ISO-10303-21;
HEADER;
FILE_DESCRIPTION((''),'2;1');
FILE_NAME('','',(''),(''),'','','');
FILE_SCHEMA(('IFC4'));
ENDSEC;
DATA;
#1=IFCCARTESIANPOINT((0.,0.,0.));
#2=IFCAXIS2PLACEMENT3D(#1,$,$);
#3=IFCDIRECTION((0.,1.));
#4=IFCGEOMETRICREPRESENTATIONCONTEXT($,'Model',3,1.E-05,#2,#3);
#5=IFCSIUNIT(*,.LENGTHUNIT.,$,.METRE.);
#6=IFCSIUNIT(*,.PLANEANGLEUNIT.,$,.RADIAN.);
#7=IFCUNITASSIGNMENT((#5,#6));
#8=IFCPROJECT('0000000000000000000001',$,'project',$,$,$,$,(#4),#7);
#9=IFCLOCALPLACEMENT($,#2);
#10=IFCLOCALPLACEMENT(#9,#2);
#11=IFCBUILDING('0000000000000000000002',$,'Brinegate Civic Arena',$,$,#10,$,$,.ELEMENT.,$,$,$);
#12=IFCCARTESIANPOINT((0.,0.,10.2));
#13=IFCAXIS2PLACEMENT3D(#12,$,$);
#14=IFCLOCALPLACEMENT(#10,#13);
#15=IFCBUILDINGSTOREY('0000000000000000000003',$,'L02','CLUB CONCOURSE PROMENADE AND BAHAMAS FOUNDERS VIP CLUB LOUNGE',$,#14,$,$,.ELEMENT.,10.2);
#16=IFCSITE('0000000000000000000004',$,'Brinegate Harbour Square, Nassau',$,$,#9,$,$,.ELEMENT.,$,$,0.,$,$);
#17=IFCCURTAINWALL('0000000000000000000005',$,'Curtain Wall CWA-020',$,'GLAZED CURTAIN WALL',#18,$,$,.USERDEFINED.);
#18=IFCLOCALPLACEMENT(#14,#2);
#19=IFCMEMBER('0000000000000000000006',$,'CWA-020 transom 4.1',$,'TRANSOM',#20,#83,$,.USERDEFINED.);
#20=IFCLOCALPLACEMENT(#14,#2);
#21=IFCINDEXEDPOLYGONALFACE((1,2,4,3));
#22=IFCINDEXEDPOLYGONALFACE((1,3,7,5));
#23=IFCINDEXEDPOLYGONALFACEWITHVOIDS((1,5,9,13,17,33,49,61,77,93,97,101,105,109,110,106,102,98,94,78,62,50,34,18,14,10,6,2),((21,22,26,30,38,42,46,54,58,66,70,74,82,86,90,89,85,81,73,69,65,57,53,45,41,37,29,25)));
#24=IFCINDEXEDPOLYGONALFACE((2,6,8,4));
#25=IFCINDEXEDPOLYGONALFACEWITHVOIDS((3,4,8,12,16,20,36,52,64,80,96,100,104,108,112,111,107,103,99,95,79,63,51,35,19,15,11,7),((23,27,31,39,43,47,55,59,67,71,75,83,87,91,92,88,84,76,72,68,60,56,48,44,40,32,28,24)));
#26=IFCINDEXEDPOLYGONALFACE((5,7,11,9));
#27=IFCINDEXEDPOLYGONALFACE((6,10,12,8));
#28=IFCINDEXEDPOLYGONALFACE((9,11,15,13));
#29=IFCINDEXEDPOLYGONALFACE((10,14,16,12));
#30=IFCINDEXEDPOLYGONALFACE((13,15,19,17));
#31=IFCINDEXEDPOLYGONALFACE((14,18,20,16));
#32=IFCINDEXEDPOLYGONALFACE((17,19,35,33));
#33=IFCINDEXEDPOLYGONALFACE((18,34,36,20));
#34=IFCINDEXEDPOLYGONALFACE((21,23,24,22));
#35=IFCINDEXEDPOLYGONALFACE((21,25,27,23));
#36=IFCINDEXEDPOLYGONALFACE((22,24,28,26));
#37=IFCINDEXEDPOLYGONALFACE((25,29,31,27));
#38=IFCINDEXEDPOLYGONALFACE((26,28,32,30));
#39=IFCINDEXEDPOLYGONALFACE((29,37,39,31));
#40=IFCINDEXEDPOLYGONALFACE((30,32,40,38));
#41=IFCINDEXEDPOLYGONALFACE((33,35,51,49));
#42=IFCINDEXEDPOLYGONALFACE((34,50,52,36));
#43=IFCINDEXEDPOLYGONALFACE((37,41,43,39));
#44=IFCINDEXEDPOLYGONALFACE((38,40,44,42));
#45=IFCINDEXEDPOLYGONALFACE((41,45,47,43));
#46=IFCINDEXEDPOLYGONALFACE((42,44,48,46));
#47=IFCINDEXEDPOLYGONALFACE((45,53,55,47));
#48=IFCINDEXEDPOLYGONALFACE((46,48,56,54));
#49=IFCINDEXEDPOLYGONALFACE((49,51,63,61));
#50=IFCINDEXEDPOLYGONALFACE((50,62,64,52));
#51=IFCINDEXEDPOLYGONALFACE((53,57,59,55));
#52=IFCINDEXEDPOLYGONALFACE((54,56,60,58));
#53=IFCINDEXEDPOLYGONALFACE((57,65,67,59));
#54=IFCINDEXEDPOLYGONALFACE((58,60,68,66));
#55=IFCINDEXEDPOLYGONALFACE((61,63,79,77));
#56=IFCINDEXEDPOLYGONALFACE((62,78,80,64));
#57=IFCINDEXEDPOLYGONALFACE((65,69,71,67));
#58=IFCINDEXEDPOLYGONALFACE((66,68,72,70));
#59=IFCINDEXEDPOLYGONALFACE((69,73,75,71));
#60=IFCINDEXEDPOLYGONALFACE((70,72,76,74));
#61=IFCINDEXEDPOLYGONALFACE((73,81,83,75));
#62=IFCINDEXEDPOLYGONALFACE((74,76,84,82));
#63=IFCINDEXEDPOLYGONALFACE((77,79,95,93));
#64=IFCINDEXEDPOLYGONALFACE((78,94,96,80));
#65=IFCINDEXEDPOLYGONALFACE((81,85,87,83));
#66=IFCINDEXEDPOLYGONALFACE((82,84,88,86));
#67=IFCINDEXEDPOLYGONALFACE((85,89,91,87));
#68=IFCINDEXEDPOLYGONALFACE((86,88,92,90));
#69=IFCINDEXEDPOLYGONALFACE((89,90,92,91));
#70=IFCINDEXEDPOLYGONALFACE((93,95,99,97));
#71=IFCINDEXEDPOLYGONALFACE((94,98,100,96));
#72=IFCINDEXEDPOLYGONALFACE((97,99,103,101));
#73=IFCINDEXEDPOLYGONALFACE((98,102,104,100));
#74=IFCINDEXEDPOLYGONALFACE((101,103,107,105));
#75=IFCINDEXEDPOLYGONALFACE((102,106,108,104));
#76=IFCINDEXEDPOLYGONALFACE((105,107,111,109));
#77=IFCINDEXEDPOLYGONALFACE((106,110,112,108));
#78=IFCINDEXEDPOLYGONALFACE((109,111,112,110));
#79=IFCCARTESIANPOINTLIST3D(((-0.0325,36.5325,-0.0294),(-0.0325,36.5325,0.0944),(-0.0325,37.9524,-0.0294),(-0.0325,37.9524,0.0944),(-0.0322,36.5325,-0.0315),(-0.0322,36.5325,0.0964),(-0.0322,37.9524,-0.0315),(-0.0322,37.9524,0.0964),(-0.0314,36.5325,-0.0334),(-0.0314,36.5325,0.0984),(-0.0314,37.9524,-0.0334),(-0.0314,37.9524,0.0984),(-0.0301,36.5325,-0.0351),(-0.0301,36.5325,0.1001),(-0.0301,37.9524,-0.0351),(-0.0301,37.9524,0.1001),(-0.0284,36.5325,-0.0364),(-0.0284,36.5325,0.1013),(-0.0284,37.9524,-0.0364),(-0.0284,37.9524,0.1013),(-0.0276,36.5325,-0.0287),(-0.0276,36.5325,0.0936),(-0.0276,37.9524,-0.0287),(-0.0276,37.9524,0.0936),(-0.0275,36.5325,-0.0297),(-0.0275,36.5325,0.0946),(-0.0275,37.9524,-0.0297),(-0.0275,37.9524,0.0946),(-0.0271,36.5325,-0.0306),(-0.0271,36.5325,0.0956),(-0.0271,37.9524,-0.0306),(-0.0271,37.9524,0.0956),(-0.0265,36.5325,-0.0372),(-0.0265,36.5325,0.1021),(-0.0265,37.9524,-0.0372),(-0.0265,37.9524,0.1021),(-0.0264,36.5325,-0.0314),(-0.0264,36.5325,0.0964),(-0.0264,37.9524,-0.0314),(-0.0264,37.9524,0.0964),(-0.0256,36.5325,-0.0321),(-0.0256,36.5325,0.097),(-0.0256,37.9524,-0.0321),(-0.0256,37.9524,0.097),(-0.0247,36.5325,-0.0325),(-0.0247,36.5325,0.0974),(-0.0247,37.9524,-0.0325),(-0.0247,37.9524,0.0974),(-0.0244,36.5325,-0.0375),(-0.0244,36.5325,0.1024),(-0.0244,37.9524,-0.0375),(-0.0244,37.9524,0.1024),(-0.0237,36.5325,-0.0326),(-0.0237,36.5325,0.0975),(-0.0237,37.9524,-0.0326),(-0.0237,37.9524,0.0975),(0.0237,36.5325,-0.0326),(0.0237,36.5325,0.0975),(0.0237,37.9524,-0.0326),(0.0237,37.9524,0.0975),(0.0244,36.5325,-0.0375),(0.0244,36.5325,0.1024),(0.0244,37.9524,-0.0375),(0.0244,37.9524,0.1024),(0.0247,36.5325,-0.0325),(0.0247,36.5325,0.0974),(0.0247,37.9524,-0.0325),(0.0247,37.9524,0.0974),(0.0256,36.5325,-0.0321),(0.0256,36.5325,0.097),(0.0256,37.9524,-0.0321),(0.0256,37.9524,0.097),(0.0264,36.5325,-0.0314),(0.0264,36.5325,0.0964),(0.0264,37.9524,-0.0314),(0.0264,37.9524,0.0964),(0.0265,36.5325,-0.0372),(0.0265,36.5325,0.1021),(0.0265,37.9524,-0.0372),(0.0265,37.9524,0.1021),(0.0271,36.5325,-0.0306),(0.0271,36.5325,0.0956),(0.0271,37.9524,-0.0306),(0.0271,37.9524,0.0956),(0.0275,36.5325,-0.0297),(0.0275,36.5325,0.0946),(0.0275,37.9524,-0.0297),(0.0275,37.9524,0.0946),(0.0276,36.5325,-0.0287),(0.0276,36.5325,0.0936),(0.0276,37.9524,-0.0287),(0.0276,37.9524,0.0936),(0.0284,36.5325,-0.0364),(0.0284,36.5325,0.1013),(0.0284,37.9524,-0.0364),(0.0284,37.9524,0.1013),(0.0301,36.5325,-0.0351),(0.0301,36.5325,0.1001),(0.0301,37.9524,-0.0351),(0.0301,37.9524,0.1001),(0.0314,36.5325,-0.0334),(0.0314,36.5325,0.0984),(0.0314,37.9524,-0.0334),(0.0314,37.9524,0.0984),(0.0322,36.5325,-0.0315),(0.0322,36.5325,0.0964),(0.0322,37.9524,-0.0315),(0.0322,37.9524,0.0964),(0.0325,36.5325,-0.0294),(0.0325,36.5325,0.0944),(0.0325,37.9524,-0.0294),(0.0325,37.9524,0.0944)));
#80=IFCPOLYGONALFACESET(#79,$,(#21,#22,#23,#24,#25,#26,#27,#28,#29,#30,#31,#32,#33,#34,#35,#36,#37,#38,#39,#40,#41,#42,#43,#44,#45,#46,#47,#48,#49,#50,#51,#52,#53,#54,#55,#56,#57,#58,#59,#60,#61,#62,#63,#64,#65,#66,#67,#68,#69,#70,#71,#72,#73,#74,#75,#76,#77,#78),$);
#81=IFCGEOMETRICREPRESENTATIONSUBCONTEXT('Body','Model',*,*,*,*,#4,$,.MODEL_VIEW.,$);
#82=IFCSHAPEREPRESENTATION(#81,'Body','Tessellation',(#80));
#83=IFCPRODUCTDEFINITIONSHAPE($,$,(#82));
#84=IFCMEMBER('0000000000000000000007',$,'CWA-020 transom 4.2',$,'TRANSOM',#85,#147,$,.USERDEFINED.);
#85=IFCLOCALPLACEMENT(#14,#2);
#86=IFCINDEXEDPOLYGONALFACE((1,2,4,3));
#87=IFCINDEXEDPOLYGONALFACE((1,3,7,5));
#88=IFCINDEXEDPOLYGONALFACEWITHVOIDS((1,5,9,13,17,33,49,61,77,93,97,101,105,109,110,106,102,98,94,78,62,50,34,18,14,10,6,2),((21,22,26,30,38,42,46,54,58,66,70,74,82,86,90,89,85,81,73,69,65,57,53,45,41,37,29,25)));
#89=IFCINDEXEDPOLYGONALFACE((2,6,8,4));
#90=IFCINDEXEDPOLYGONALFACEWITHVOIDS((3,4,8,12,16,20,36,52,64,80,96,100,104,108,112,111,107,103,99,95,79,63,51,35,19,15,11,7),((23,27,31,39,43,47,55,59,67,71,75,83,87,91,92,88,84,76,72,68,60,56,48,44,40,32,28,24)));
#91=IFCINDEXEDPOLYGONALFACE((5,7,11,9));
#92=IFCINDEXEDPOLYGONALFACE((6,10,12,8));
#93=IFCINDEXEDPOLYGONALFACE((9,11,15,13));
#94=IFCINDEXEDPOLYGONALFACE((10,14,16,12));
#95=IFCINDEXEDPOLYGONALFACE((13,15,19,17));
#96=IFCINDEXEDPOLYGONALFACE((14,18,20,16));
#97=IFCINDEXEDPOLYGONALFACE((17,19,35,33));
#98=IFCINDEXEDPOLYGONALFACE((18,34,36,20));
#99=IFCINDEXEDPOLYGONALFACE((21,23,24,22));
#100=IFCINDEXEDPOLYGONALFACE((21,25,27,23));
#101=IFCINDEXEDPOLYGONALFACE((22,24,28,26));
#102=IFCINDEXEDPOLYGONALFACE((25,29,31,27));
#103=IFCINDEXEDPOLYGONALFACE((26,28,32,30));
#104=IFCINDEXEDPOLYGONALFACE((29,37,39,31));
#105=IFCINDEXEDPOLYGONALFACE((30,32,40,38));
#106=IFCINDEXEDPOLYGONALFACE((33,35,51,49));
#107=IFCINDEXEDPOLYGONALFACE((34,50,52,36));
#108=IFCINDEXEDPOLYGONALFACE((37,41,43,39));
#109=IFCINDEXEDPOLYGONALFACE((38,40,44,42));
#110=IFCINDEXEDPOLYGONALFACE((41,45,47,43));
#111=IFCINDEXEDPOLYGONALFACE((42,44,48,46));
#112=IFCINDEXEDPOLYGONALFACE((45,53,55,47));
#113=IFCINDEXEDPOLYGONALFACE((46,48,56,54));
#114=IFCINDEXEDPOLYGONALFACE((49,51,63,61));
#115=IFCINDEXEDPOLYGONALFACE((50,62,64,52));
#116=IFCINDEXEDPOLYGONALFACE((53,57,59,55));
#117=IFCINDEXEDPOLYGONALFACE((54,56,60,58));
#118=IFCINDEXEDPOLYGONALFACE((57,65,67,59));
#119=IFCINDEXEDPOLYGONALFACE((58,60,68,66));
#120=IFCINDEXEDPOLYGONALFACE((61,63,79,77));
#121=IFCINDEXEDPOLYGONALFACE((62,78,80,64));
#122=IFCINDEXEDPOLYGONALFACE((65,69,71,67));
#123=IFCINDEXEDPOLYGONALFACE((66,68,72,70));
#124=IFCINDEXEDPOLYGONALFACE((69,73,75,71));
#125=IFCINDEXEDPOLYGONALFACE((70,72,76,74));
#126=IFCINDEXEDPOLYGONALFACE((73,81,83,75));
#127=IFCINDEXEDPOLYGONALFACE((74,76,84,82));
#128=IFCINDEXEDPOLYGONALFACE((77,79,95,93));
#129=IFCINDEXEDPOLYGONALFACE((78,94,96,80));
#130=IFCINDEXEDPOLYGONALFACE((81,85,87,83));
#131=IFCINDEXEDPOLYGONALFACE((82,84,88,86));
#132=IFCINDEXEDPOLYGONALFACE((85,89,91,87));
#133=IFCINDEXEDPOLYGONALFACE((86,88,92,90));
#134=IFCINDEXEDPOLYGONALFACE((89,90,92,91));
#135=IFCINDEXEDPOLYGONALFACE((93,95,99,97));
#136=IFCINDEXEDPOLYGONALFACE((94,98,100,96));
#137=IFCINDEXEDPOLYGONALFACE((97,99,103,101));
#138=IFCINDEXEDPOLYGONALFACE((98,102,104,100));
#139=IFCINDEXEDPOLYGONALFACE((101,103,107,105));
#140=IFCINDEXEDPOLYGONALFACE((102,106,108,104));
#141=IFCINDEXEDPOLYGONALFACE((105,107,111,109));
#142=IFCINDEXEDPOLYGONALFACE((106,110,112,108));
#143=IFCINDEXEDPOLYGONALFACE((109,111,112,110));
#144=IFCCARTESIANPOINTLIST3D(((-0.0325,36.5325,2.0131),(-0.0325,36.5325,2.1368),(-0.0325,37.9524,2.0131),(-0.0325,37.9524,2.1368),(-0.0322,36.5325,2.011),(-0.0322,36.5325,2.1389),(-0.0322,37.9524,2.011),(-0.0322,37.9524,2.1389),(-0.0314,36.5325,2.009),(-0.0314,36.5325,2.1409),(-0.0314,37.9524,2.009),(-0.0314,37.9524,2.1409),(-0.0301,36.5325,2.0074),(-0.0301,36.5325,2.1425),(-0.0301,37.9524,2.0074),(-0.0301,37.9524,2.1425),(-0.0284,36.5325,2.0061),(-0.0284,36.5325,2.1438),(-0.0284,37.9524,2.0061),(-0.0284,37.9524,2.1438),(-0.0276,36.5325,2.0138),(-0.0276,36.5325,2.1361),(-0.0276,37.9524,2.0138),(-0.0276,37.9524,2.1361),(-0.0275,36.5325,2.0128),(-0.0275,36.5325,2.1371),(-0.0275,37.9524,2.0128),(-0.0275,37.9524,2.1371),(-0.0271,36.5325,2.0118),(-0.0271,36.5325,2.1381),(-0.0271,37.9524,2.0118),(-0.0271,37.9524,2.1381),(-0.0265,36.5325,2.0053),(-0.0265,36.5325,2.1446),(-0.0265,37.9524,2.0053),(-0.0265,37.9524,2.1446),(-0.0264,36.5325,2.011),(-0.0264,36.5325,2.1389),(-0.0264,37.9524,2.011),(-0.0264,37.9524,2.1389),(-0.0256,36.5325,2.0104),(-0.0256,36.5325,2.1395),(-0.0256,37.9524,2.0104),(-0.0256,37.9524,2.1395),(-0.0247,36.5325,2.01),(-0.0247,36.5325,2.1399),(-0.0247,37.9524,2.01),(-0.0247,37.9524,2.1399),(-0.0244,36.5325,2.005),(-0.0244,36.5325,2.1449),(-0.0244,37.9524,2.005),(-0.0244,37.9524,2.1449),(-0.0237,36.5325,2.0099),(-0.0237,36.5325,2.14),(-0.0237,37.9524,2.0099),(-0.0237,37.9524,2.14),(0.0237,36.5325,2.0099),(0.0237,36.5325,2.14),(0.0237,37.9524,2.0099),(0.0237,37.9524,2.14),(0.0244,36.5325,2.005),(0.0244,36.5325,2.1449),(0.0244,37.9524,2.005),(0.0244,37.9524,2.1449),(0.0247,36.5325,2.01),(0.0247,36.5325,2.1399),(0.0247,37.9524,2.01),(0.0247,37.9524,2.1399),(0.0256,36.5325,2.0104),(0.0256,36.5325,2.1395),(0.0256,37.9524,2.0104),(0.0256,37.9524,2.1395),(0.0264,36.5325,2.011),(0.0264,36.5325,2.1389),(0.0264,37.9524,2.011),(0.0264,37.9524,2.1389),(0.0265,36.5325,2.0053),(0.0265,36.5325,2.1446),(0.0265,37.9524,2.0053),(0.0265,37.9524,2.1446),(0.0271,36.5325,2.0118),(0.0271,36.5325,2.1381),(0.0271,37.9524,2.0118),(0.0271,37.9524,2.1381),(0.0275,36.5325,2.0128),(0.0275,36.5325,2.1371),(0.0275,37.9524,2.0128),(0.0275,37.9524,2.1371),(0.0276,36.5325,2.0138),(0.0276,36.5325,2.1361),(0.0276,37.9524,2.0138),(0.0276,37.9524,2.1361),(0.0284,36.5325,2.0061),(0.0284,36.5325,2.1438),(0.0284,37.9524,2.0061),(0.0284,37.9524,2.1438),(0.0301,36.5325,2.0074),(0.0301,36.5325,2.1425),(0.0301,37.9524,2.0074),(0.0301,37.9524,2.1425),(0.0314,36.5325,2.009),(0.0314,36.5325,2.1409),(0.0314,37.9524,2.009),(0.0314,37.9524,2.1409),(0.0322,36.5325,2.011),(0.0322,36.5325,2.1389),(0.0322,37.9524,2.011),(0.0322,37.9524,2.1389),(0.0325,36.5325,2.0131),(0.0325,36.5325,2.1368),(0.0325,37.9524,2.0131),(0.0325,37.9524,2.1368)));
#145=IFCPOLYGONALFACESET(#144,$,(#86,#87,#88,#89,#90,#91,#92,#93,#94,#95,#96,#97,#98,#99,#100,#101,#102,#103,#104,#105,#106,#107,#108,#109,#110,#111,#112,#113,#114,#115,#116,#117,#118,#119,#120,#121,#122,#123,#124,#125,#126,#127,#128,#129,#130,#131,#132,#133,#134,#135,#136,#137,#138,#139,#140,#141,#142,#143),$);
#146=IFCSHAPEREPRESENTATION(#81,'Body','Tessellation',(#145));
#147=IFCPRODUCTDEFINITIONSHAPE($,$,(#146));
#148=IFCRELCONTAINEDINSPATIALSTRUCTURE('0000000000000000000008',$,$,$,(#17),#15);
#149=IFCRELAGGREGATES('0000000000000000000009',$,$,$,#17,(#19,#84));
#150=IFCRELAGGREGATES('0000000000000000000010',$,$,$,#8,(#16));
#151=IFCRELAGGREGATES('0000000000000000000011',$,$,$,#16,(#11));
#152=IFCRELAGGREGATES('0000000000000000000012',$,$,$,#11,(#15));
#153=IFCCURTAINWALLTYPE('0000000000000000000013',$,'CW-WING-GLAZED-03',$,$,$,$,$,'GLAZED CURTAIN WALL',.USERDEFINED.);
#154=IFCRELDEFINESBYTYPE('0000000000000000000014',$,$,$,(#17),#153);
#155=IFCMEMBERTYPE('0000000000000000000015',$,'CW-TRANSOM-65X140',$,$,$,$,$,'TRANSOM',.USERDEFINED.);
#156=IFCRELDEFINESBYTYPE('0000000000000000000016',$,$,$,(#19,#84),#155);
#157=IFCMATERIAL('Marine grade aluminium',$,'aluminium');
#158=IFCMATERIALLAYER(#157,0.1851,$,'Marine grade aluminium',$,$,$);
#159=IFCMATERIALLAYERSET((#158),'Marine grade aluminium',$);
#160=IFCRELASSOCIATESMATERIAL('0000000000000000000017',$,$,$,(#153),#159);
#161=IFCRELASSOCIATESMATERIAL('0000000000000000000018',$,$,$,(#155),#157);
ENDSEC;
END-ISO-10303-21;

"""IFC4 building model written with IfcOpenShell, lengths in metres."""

from ifc_helpers import new_model, si_unit, direction, frame, origin, origin_2d, place, context, subcontext, project, spatial, hollow_rectangle, extrude, material, layer, layer_set, material_profile, profile_set, type_object, element, aggregate, save


model = new_model("IFC4")

# Units and contexts
model_context = context("Model", 3, precision=1e-05, world=origin(), true_north=direction((0.0, 1.0)))
body_context = subcontext(model_context, "Body", "Model", "MODEL_VIEW")
ifc_project = project(units=[si_unit("LENGTHUNIT", "METRE"), si_unit("PLANEANGLEUNIT", "RADIAN")], contexts=[model_context])

# Site, building, storey
site_placement = place(None, origin())
site = spatial("IfcSite", under=ifc_project, at=site_placement, Name="Brinegate Harbour Square, Nassau", CompositionType="ELEMENT", RefElevation=0.0)
building_placement = place(site_placement, origin())
building = spatial("IfcBuilding", under=site, at=building_placement, Name="Brinegate Civic Arena", CompositionType="ELEMENT")
storey_placement = place(building_placement, frame((0.0, 0.0, 10.2)))
storey = spatial("IfcBuildingStorey", under=building, at=storey_placement, Name="L02", Description="CLUB CONCOURSE PROMENADE AND BAHAMAS FOUNDERS VIP CLUB LOUNGE", CompositionType="ELEMENT", Elevation=10.2)

# Curtain wall, members
ifc_material_1 = material(Name="Marine grade aluminium", Category="aluminium")
ifc_layer_1 = layer(ifc_material_1, 0.1851, Name="Marine grade aluminium")
ifc_layer_set_1 = layer_set([ifc_layer_1], Name="Marine grade aluminium")
curtain_wall_type = type_object("IfcCurtainWallType", Name="CW-WING-GLAZED-03", ElementType="GLAZED CURTAIN WALL", PredefinedType="USERDEFINED", material=ifc_layer_set_1)
curtain_wall_placement = place(storey_placement, origin())
curtain_wall = element("IfcCurtainWall", 1, at=curtain_wall_placement, inside=storey, type_object=curtain_wall_type, Name="Curtain Wall CWA-020", ObjectType="GLAZED CURTAIN WALL", PredefinedType="USERDEFINED")
ifc_material_profile_1 = material_profile(ifc_material_1, hollow_rectangle(XDim=0.0649, YDim=0.1399, WallThickness=0.0049, InnerFilletRadius=0.0039, OuterFilletRadius=0.0081, at=origin_2d()), Name="TRN65X140")
ifc_profile_set_1 = profile_set([ifc_material_profile_1], Name="Marine grade aluminium")
member_type_1 = type_object("IfcMemberType", Name="CW-TRANSOM-65X140", ElementType="TRANSOM", PredefinedType="USERDEFINED", material=ifc_profile_set_1)
member_1_placement = place(storey_placement, frame((0.0, 36.5325, 0.0325), z_axis=(0.0, 1.0, 0.0), x_axis=(-1.0, 0.0, 0.0)))
member_1 = element("IfcMember", 2, at=member_1_placement, type_object=member_type_1, Name="CWA-020 transom 4.1", ObjectType="TRANSOM", PredefinedType="USERDEFINED", context=body_context, shape_type="SweptSolid", body=[
    extrude(hollow_rectangle(XDim=0.0649, YDim=0.1399, WallThickness=0.0049, InnerFilletRadius=0.0039, OuterFilletRadius=0.0081, at=origin_2d()), origin(), (0.0, 0.0, 1.0), 1.4199),
])
member_2_placement = place(storey_placement, frame((0.0, 36.5325, 2.075), z_axis=(0.0, 1.0, 0.0), x_axis=(-1.0, 0.0, 0.0)))
member_2 = element("IfcMember", 3, at=member_2_placement, type_object=member_type_1, Name="CWA-020 transom 4.2", ObjectType="TRANSOM", PredefinedType="USERDEFINED", context=body_context, shape_type="SweptSolid", body=[
    extrude(hollow_rectangle(XDim=0.0649, YDim=0.1399, WallThickness=0.0049, InnerFilletRadius=0.0039, OuterFilletRadius=0.0081, at=origin_2d()), origin(), (0.0, 0.0, 1.0), 1.4199),
])

aggregate(curtain_wall, [member_1, member_2])

save(model, "model.ifc")
